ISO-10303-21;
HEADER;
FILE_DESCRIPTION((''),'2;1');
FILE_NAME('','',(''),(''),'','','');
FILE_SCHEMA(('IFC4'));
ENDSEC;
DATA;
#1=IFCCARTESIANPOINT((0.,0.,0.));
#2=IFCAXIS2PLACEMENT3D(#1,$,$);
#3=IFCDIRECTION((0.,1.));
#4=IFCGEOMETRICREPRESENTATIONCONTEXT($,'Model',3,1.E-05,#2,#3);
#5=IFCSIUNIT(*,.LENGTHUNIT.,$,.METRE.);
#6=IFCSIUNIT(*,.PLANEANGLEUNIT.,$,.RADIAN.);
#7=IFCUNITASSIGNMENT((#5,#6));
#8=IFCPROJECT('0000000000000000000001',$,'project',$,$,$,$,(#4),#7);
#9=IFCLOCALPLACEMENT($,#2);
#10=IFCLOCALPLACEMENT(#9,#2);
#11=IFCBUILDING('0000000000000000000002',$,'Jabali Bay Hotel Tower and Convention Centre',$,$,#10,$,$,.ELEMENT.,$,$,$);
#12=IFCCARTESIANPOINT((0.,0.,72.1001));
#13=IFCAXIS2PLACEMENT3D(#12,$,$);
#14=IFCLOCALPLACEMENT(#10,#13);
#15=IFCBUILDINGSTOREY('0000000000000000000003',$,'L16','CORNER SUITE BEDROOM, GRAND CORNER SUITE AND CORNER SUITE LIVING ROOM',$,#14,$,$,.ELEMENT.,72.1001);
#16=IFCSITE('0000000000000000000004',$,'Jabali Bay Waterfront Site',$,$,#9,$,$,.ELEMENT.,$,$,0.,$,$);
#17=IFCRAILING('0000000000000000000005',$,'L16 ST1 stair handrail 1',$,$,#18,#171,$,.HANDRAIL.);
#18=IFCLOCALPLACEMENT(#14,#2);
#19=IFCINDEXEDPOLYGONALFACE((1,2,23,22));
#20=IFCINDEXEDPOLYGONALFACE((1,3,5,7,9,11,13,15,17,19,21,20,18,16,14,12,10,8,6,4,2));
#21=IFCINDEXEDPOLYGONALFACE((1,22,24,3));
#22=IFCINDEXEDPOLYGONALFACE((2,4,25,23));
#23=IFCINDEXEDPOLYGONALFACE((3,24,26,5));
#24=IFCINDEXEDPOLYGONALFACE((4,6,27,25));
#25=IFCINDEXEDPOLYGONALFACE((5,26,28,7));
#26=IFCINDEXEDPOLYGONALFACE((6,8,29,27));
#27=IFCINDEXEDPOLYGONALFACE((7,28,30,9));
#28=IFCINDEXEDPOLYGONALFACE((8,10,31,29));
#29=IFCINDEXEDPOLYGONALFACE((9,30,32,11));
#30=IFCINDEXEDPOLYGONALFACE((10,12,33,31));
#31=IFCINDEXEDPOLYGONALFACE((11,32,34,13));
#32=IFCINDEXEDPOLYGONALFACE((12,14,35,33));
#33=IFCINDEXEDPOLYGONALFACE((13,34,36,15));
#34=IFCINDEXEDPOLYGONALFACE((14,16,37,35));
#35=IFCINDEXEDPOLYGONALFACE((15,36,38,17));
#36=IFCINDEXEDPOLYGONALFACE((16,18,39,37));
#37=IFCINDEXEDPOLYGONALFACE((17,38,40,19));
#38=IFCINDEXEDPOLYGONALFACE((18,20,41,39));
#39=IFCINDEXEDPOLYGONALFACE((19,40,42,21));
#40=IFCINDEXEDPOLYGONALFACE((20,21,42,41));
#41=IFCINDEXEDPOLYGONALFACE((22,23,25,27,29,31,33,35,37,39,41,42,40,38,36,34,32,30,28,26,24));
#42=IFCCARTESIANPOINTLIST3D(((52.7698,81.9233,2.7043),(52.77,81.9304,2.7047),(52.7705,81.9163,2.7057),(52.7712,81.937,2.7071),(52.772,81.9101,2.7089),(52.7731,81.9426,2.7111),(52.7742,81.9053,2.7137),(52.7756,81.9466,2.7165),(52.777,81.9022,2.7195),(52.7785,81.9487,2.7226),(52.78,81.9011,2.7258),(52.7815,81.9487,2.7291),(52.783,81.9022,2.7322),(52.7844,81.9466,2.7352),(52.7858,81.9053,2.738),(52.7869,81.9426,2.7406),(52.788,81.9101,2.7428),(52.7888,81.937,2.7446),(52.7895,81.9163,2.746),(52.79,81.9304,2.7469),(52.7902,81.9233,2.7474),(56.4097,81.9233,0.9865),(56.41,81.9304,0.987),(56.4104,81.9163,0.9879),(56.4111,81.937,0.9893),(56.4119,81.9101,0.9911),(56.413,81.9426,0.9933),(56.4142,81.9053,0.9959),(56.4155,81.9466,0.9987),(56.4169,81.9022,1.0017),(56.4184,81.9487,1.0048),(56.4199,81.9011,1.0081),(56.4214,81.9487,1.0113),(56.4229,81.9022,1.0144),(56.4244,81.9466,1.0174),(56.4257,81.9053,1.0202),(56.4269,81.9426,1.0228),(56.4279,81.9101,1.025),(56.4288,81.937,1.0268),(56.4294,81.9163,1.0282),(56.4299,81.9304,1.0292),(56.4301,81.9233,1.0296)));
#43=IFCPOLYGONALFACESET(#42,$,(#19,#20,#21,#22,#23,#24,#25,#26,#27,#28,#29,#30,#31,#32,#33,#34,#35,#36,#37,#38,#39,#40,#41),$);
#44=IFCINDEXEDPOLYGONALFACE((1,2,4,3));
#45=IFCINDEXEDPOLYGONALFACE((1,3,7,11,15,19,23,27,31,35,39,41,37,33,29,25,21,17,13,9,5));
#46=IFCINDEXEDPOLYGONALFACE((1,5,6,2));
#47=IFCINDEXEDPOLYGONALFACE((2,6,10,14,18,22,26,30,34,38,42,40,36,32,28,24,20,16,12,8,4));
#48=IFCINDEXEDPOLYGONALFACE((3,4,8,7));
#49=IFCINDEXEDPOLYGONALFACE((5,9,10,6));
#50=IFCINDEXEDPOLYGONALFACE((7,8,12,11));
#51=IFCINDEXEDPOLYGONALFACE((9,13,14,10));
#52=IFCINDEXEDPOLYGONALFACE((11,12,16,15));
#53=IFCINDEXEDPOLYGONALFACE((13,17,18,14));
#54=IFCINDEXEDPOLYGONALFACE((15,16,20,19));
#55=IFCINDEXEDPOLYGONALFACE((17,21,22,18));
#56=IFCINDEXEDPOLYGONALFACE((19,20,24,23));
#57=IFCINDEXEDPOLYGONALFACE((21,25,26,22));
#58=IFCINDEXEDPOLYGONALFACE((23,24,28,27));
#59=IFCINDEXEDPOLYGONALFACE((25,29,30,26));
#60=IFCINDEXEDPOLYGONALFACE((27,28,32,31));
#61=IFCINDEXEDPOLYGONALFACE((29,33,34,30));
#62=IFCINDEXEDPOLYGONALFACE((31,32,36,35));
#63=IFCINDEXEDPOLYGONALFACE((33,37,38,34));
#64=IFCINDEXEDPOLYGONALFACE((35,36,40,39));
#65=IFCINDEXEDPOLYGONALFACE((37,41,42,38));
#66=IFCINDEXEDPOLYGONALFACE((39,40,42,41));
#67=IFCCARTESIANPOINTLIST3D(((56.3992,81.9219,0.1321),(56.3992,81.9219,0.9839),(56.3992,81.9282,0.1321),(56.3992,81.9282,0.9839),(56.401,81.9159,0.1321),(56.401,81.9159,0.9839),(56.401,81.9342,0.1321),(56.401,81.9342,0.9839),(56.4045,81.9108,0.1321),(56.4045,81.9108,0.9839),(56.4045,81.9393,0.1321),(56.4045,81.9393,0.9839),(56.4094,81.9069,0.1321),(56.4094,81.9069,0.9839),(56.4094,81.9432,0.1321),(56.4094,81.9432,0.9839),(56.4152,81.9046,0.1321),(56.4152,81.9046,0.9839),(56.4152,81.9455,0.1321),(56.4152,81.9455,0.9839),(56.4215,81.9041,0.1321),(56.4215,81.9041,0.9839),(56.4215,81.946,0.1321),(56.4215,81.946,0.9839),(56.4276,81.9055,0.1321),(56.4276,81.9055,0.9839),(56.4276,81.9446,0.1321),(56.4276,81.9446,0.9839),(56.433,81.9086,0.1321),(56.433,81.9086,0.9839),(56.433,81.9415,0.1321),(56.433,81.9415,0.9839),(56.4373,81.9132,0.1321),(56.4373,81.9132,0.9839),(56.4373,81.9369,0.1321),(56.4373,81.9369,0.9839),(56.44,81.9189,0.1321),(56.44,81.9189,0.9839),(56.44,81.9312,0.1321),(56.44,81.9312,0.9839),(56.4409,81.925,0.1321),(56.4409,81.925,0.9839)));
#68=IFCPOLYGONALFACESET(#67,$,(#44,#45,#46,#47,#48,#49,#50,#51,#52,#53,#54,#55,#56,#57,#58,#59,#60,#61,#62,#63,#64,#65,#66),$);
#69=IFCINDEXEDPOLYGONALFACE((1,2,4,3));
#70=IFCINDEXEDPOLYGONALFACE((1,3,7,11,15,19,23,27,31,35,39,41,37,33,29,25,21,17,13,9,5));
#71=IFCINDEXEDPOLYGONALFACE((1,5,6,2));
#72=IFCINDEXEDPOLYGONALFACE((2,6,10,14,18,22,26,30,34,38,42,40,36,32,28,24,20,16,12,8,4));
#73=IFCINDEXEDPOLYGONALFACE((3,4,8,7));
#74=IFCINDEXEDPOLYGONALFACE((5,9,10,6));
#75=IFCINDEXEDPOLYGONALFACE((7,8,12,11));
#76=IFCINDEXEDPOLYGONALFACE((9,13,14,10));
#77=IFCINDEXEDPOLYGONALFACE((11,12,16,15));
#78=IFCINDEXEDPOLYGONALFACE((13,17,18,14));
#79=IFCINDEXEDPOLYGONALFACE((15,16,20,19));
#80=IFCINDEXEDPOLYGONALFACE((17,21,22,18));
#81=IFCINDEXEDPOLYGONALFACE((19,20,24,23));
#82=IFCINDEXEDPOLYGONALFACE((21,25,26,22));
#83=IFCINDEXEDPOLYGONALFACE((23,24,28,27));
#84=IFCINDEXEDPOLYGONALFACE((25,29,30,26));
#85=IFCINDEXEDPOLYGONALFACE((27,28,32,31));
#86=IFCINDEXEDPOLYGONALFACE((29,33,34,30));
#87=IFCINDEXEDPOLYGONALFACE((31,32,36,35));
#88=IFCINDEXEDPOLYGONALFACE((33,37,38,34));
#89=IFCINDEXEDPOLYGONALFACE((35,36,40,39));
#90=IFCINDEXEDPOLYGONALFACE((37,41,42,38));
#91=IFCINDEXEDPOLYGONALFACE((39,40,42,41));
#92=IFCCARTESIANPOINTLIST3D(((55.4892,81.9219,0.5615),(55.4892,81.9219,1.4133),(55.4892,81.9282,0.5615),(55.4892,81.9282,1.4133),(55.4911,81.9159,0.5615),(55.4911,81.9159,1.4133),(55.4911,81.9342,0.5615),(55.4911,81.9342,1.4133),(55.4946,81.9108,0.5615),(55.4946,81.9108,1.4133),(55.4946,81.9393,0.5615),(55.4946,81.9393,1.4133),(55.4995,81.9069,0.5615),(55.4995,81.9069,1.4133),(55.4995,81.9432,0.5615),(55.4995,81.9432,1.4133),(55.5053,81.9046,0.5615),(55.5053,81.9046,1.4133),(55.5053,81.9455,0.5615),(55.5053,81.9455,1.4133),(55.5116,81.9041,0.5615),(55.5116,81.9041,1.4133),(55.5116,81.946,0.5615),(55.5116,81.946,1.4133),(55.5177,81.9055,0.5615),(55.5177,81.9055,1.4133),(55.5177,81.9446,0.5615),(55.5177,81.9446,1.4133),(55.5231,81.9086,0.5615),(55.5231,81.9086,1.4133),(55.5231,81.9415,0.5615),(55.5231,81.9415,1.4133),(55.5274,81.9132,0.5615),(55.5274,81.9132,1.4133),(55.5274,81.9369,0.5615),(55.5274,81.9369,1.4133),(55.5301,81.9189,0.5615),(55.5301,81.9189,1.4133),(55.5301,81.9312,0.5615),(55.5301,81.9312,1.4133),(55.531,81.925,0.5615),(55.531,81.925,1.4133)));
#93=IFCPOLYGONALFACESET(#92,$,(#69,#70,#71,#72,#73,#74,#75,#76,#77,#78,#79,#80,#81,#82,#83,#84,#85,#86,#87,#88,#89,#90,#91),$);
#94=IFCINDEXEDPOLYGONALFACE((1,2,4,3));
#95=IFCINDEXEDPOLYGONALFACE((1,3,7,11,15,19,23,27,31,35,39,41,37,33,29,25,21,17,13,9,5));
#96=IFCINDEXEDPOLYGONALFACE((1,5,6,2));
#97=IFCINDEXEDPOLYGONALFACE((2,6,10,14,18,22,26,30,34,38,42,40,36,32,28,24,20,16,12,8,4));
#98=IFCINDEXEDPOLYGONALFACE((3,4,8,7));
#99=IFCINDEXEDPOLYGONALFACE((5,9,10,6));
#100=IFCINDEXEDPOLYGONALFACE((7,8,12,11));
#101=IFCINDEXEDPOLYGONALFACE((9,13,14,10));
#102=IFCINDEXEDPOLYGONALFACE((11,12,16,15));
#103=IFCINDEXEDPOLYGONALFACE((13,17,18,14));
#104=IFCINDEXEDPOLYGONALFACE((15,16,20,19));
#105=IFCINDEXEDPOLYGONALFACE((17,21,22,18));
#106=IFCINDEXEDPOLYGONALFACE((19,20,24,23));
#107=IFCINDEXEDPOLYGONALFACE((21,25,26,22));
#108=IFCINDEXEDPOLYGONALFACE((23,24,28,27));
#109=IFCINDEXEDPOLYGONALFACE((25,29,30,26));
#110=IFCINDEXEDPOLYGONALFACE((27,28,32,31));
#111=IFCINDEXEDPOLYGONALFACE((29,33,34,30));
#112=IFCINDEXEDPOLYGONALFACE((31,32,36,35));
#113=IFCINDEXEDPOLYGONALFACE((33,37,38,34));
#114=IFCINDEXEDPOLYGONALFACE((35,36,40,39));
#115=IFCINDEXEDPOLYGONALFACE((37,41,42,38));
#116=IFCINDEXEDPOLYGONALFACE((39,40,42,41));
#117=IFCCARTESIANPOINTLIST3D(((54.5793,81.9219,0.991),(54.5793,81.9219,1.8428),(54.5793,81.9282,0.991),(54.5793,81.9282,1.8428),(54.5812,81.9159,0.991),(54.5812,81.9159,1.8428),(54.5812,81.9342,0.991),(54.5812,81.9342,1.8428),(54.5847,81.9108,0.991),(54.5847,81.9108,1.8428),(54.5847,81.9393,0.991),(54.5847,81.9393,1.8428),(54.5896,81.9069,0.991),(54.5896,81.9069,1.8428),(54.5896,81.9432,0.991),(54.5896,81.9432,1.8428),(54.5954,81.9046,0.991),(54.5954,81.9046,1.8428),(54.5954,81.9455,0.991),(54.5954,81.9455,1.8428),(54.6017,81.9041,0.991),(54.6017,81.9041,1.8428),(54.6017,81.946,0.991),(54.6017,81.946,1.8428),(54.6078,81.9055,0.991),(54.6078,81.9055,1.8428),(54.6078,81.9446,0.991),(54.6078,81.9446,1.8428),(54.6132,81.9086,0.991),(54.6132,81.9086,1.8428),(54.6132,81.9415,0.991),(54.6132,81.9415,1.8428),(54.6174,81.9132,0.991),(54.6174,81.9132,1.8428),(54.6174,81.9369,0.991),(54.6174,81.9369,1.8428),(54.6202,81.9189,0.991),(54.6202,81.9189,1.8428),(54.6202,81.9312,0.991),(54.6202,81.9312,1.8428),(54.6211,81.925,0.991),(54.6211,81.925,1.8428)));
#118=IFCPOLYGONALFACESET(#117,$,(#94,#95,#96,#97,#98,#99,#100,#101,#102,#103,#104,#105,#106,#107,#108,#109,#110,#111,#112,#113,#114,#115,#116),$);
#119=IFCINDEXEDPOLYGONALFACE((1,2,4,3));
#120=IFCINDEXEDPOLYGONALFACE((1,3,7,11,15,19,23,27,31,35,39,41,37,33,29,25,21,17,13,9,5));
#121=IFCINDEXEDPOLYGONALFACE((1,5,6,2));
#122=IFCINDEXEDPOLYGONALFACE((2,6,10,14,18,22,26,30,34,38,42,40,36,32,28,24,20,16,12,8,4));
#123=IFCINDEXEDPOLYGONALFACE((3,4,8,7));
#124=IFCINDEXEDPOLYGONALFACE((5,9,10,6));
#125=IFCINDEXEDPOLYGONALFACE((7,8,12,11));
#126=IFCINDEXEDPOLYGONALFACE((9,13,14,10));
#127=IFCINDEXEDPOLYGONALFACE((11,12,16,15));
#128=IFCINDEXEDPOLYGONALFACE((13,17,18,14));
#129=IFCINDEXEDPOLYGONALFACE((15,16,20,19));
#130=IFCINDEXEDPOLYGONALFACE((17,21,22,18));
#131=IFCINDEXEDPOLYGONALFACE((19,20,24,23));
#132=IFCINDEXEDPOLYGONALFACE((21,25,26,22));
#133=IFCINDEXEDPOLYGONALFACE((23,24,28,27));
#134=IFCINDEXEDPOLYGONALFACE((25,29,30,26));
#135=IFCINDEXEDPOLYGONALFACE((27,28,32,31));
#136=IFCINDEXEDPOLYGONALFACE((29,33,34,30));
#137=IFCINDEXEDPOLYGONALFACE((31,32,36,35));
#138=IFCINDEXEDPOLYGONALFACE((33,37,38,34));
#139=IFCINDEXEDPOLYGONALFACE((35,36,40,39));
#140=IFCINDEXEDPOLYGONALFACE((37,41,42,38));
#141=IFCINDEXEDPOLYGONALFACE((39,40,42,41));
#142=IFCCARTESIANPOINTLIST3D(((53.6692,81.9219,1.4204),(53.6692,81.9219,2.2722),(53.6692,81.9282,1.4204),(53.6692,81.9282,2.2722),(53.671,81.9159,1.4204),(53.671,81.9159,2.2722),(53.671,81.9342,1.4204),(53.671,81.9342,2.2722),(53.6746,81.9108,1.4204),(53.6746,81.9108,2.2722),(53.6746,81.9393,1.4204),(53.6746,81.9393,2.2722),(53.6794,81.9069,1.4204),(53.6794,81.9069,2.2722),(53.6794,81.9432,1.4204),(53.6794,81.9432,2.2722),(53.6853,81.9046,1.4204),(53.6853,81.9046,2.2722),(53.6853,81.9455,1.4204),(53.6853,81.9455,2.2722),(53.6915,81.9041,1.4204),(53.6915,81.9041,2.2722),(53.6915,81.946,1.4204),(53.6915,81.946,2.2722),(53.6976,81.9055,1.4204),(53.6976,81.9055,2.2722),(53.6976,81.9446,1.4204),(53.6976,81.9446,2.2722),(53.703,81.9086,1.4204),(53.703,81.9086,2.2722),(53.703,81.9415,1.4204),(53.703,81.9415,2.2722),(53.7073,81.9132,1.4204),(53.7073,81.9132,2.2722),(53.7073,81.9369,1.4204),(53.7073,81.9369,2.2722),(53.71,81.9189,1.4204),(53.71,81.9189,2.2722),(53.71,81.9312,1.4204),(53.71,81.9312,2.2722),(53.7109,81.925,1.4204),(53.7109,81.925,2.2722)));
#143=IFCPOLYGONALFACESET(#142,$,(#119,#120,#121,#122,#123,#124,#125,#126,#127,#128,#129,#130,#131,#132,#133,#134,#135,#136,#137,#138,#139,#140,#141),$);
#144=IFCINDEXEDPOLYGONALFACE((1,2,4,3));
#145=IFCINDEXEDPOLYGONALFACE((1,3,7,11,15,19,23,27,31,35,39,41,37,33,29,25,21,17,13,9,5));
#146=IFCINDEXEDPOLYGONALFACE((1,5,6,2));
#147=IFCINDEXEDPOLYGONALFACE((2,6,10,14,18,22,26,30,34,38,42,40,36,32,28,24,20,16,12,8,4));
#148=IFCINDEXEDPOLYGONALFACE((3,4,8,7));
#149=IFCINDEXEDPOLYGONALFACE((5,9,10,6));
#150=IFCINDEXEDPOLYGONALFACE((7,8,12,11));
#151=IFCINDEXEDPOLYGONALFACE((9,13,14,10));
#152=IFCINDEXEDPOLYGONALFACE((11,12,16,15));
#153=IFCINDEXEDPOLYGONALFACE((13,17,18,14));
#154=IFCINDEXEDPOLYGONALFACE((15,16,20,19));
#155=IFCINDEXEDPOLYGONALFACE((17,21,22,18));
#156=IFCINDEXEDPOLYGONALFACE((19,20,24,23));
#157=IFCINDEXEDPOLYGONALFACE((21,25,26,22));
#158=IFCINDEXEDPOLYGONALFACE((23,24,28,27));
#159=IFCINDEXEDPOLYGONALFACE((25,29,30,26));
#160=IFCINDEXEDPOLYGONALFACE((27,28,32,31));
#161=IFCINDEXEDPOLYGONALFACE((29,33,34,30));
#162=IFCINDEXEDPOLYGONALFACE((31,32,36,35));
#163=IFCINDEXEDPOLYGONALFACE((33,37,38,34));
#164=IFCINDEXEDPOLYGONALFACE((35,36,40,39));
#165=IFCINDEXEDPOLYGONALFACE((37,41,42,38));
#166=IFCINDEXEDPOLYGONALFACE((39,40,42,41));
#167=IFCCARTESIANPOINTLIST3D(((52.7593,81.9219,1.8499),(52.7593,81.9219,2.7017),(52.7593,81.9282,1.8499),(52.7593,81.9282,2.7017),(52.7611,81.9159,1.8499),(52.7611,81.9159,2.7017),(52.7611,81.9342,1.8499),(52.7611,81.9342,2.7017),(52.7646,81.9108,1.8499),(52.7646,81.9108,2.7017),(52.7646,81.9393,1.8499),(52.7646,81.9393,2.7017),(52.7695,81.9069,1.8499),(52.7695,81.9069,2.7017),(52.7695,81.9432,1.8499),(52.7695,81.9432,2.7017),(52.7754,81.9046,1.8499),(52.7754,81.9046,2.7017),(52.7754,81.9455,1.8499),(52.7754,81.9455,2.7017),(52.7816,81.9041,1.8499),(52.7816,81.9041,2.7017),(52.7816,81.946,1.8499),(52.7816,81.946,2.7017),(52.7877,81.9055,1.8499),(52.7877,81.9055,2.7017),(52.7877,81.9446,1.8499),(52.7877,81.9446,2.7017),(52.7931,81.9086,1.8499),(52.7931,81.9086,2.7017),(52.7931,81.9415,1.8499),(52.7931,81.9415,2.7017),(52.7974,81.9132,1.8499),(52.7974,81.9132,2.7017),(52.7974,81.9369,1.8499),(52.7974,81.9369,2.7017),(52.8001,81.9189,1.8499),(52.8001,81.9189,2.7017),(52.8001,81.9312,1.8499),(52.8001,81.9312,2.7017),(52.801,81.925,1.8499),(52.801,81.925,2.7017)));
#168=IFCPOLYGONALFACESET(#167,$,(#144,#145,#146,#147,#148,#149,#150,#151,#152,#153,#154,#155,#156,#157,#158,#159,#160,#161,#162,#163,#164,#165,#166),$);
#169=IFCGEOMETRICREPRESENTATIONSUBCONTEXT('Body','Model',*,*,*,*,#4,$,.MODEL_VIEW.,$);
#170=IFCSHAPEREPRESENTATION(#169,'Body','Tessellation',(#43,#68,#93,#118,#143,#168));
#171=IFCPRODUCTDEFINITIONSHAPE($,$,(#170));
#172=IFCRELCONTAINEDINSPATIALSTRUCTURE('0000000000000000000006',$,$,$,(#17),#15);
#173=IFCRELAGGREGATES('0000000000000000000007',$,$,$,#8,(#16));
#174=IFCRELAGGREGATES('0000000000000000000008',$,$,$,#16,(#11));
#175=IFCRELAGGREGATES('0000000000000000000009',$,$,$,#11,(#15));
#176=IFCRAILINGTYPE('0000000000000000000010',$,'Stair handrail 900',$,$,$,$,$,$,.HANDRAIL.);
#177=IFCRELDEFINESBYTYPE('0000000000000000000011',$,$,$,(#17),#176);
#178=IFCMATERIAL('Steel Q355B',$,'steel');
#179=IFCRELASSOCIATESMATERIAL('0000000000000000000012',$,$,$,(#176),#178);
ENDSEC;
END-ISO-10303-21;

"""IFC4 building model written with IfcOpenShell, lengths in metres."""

from ifc_helpers import new_model, si_unit, direction, frame, origin, origin_2d, place, context, subcontext, project, spatial, circle, extrude, material, type_object, element, save


model = new_model("IFC4")

# Units and contexts
model_context = context("Model", 3, precision=1e-05, world=origin(), true_north=direction((0.0, 1.0)))
body_context = subcontext(model_context, "Body", "Model", "MODEL_VIEW")
ifc_project = project(units=[si_unit("LENGTHUNIT", "METRE"), si_unit("PLANEANGLEUNIT", "RADIAN")], contexts=[model_context])

# Site, building, storey
site_placement = place(None, origin())
site = spatial("IfcSite", under=ifc_project, at=site_placement, Name="Jabali Bay Waterfront Site", CompositionType="ELEMENT", RefElevation=0.0)
building_placement = place(site_placement, origin())
building = spatial("IfcBuilding", under=site, at=building_placement, Name="Jabali Bay Hotel Tower and Convention Centre", CompositionType="ELEMENT")
storey_placement = place(building_placement, frame((0.0, 0.0, 72.1001)))
storey = spatial("IfcBuildingStorey", under=building, at=storey_placement, Name="L16", Description="CORNER SUITE BEDROOM, GRAND CORNER SUITE AND CORNER SUITE LIVING ROOM", CompositionType="ELEMENT", Elevation=72.1001)

# Railing
ifc_material_1 = material(Name="Steel Q355B", Category="steel")
railing_type_1 = type_object("IfcRailingType", Name="Stair handrail 900", PredefinedType="HANDRAIL", material=ifc_material_1)
railing_1_placement = place(storey_placement, frame((56.4199, 81.925, 0.1321)))
element("IfcRailing", 1, at=railing_1_placement, inside=storey, type_object=railing_type_1, Name="L16 ST1 stair handrail 1", PredefinedType="HANDRAIL", context=body_context, shape_type="SweptSolid", body=[
    extrude(circle(Radius=0.0239, at=origin_2d()), frame((0.0, 0.0, 0.876), z_axis=(-0.904351, 0.0, 0.42679), x_axis=(0.0, -1.0, 0.0)), (0.0, 0.0, 1.0), 4.0249),
    extrude(circle(Radius=0.021, at=origin_2d()), origin(), (0.0, 0.0, 1.0), 0.8518),
    extrude(circle(Radius=0.021, at=origin_2d()), frame((-0.9099, 0.0, 0.4294)), (0.0, 0.0, 1.0), 0.8518),
    extrude(circle(Radius=0.021, at=origin_2d()), frame((-1.8198, 0.0, 0.8589)), (0.0, 0.0, 1.0), 0.8518),
    extrude(circle(Radius=0.021, at=origin_2d()), frame((-2.73, 0.0, 1.2883)), (0.0, 0.0, 1.0), 0.8518),
    extrude(circle(Radius=0.021, at=origin_2d()), frame((-3.6399, 0.0, 1.7178)), (0.0, 0.0, 1.0), 0.8518),
])

save(model, "model.ifc")
